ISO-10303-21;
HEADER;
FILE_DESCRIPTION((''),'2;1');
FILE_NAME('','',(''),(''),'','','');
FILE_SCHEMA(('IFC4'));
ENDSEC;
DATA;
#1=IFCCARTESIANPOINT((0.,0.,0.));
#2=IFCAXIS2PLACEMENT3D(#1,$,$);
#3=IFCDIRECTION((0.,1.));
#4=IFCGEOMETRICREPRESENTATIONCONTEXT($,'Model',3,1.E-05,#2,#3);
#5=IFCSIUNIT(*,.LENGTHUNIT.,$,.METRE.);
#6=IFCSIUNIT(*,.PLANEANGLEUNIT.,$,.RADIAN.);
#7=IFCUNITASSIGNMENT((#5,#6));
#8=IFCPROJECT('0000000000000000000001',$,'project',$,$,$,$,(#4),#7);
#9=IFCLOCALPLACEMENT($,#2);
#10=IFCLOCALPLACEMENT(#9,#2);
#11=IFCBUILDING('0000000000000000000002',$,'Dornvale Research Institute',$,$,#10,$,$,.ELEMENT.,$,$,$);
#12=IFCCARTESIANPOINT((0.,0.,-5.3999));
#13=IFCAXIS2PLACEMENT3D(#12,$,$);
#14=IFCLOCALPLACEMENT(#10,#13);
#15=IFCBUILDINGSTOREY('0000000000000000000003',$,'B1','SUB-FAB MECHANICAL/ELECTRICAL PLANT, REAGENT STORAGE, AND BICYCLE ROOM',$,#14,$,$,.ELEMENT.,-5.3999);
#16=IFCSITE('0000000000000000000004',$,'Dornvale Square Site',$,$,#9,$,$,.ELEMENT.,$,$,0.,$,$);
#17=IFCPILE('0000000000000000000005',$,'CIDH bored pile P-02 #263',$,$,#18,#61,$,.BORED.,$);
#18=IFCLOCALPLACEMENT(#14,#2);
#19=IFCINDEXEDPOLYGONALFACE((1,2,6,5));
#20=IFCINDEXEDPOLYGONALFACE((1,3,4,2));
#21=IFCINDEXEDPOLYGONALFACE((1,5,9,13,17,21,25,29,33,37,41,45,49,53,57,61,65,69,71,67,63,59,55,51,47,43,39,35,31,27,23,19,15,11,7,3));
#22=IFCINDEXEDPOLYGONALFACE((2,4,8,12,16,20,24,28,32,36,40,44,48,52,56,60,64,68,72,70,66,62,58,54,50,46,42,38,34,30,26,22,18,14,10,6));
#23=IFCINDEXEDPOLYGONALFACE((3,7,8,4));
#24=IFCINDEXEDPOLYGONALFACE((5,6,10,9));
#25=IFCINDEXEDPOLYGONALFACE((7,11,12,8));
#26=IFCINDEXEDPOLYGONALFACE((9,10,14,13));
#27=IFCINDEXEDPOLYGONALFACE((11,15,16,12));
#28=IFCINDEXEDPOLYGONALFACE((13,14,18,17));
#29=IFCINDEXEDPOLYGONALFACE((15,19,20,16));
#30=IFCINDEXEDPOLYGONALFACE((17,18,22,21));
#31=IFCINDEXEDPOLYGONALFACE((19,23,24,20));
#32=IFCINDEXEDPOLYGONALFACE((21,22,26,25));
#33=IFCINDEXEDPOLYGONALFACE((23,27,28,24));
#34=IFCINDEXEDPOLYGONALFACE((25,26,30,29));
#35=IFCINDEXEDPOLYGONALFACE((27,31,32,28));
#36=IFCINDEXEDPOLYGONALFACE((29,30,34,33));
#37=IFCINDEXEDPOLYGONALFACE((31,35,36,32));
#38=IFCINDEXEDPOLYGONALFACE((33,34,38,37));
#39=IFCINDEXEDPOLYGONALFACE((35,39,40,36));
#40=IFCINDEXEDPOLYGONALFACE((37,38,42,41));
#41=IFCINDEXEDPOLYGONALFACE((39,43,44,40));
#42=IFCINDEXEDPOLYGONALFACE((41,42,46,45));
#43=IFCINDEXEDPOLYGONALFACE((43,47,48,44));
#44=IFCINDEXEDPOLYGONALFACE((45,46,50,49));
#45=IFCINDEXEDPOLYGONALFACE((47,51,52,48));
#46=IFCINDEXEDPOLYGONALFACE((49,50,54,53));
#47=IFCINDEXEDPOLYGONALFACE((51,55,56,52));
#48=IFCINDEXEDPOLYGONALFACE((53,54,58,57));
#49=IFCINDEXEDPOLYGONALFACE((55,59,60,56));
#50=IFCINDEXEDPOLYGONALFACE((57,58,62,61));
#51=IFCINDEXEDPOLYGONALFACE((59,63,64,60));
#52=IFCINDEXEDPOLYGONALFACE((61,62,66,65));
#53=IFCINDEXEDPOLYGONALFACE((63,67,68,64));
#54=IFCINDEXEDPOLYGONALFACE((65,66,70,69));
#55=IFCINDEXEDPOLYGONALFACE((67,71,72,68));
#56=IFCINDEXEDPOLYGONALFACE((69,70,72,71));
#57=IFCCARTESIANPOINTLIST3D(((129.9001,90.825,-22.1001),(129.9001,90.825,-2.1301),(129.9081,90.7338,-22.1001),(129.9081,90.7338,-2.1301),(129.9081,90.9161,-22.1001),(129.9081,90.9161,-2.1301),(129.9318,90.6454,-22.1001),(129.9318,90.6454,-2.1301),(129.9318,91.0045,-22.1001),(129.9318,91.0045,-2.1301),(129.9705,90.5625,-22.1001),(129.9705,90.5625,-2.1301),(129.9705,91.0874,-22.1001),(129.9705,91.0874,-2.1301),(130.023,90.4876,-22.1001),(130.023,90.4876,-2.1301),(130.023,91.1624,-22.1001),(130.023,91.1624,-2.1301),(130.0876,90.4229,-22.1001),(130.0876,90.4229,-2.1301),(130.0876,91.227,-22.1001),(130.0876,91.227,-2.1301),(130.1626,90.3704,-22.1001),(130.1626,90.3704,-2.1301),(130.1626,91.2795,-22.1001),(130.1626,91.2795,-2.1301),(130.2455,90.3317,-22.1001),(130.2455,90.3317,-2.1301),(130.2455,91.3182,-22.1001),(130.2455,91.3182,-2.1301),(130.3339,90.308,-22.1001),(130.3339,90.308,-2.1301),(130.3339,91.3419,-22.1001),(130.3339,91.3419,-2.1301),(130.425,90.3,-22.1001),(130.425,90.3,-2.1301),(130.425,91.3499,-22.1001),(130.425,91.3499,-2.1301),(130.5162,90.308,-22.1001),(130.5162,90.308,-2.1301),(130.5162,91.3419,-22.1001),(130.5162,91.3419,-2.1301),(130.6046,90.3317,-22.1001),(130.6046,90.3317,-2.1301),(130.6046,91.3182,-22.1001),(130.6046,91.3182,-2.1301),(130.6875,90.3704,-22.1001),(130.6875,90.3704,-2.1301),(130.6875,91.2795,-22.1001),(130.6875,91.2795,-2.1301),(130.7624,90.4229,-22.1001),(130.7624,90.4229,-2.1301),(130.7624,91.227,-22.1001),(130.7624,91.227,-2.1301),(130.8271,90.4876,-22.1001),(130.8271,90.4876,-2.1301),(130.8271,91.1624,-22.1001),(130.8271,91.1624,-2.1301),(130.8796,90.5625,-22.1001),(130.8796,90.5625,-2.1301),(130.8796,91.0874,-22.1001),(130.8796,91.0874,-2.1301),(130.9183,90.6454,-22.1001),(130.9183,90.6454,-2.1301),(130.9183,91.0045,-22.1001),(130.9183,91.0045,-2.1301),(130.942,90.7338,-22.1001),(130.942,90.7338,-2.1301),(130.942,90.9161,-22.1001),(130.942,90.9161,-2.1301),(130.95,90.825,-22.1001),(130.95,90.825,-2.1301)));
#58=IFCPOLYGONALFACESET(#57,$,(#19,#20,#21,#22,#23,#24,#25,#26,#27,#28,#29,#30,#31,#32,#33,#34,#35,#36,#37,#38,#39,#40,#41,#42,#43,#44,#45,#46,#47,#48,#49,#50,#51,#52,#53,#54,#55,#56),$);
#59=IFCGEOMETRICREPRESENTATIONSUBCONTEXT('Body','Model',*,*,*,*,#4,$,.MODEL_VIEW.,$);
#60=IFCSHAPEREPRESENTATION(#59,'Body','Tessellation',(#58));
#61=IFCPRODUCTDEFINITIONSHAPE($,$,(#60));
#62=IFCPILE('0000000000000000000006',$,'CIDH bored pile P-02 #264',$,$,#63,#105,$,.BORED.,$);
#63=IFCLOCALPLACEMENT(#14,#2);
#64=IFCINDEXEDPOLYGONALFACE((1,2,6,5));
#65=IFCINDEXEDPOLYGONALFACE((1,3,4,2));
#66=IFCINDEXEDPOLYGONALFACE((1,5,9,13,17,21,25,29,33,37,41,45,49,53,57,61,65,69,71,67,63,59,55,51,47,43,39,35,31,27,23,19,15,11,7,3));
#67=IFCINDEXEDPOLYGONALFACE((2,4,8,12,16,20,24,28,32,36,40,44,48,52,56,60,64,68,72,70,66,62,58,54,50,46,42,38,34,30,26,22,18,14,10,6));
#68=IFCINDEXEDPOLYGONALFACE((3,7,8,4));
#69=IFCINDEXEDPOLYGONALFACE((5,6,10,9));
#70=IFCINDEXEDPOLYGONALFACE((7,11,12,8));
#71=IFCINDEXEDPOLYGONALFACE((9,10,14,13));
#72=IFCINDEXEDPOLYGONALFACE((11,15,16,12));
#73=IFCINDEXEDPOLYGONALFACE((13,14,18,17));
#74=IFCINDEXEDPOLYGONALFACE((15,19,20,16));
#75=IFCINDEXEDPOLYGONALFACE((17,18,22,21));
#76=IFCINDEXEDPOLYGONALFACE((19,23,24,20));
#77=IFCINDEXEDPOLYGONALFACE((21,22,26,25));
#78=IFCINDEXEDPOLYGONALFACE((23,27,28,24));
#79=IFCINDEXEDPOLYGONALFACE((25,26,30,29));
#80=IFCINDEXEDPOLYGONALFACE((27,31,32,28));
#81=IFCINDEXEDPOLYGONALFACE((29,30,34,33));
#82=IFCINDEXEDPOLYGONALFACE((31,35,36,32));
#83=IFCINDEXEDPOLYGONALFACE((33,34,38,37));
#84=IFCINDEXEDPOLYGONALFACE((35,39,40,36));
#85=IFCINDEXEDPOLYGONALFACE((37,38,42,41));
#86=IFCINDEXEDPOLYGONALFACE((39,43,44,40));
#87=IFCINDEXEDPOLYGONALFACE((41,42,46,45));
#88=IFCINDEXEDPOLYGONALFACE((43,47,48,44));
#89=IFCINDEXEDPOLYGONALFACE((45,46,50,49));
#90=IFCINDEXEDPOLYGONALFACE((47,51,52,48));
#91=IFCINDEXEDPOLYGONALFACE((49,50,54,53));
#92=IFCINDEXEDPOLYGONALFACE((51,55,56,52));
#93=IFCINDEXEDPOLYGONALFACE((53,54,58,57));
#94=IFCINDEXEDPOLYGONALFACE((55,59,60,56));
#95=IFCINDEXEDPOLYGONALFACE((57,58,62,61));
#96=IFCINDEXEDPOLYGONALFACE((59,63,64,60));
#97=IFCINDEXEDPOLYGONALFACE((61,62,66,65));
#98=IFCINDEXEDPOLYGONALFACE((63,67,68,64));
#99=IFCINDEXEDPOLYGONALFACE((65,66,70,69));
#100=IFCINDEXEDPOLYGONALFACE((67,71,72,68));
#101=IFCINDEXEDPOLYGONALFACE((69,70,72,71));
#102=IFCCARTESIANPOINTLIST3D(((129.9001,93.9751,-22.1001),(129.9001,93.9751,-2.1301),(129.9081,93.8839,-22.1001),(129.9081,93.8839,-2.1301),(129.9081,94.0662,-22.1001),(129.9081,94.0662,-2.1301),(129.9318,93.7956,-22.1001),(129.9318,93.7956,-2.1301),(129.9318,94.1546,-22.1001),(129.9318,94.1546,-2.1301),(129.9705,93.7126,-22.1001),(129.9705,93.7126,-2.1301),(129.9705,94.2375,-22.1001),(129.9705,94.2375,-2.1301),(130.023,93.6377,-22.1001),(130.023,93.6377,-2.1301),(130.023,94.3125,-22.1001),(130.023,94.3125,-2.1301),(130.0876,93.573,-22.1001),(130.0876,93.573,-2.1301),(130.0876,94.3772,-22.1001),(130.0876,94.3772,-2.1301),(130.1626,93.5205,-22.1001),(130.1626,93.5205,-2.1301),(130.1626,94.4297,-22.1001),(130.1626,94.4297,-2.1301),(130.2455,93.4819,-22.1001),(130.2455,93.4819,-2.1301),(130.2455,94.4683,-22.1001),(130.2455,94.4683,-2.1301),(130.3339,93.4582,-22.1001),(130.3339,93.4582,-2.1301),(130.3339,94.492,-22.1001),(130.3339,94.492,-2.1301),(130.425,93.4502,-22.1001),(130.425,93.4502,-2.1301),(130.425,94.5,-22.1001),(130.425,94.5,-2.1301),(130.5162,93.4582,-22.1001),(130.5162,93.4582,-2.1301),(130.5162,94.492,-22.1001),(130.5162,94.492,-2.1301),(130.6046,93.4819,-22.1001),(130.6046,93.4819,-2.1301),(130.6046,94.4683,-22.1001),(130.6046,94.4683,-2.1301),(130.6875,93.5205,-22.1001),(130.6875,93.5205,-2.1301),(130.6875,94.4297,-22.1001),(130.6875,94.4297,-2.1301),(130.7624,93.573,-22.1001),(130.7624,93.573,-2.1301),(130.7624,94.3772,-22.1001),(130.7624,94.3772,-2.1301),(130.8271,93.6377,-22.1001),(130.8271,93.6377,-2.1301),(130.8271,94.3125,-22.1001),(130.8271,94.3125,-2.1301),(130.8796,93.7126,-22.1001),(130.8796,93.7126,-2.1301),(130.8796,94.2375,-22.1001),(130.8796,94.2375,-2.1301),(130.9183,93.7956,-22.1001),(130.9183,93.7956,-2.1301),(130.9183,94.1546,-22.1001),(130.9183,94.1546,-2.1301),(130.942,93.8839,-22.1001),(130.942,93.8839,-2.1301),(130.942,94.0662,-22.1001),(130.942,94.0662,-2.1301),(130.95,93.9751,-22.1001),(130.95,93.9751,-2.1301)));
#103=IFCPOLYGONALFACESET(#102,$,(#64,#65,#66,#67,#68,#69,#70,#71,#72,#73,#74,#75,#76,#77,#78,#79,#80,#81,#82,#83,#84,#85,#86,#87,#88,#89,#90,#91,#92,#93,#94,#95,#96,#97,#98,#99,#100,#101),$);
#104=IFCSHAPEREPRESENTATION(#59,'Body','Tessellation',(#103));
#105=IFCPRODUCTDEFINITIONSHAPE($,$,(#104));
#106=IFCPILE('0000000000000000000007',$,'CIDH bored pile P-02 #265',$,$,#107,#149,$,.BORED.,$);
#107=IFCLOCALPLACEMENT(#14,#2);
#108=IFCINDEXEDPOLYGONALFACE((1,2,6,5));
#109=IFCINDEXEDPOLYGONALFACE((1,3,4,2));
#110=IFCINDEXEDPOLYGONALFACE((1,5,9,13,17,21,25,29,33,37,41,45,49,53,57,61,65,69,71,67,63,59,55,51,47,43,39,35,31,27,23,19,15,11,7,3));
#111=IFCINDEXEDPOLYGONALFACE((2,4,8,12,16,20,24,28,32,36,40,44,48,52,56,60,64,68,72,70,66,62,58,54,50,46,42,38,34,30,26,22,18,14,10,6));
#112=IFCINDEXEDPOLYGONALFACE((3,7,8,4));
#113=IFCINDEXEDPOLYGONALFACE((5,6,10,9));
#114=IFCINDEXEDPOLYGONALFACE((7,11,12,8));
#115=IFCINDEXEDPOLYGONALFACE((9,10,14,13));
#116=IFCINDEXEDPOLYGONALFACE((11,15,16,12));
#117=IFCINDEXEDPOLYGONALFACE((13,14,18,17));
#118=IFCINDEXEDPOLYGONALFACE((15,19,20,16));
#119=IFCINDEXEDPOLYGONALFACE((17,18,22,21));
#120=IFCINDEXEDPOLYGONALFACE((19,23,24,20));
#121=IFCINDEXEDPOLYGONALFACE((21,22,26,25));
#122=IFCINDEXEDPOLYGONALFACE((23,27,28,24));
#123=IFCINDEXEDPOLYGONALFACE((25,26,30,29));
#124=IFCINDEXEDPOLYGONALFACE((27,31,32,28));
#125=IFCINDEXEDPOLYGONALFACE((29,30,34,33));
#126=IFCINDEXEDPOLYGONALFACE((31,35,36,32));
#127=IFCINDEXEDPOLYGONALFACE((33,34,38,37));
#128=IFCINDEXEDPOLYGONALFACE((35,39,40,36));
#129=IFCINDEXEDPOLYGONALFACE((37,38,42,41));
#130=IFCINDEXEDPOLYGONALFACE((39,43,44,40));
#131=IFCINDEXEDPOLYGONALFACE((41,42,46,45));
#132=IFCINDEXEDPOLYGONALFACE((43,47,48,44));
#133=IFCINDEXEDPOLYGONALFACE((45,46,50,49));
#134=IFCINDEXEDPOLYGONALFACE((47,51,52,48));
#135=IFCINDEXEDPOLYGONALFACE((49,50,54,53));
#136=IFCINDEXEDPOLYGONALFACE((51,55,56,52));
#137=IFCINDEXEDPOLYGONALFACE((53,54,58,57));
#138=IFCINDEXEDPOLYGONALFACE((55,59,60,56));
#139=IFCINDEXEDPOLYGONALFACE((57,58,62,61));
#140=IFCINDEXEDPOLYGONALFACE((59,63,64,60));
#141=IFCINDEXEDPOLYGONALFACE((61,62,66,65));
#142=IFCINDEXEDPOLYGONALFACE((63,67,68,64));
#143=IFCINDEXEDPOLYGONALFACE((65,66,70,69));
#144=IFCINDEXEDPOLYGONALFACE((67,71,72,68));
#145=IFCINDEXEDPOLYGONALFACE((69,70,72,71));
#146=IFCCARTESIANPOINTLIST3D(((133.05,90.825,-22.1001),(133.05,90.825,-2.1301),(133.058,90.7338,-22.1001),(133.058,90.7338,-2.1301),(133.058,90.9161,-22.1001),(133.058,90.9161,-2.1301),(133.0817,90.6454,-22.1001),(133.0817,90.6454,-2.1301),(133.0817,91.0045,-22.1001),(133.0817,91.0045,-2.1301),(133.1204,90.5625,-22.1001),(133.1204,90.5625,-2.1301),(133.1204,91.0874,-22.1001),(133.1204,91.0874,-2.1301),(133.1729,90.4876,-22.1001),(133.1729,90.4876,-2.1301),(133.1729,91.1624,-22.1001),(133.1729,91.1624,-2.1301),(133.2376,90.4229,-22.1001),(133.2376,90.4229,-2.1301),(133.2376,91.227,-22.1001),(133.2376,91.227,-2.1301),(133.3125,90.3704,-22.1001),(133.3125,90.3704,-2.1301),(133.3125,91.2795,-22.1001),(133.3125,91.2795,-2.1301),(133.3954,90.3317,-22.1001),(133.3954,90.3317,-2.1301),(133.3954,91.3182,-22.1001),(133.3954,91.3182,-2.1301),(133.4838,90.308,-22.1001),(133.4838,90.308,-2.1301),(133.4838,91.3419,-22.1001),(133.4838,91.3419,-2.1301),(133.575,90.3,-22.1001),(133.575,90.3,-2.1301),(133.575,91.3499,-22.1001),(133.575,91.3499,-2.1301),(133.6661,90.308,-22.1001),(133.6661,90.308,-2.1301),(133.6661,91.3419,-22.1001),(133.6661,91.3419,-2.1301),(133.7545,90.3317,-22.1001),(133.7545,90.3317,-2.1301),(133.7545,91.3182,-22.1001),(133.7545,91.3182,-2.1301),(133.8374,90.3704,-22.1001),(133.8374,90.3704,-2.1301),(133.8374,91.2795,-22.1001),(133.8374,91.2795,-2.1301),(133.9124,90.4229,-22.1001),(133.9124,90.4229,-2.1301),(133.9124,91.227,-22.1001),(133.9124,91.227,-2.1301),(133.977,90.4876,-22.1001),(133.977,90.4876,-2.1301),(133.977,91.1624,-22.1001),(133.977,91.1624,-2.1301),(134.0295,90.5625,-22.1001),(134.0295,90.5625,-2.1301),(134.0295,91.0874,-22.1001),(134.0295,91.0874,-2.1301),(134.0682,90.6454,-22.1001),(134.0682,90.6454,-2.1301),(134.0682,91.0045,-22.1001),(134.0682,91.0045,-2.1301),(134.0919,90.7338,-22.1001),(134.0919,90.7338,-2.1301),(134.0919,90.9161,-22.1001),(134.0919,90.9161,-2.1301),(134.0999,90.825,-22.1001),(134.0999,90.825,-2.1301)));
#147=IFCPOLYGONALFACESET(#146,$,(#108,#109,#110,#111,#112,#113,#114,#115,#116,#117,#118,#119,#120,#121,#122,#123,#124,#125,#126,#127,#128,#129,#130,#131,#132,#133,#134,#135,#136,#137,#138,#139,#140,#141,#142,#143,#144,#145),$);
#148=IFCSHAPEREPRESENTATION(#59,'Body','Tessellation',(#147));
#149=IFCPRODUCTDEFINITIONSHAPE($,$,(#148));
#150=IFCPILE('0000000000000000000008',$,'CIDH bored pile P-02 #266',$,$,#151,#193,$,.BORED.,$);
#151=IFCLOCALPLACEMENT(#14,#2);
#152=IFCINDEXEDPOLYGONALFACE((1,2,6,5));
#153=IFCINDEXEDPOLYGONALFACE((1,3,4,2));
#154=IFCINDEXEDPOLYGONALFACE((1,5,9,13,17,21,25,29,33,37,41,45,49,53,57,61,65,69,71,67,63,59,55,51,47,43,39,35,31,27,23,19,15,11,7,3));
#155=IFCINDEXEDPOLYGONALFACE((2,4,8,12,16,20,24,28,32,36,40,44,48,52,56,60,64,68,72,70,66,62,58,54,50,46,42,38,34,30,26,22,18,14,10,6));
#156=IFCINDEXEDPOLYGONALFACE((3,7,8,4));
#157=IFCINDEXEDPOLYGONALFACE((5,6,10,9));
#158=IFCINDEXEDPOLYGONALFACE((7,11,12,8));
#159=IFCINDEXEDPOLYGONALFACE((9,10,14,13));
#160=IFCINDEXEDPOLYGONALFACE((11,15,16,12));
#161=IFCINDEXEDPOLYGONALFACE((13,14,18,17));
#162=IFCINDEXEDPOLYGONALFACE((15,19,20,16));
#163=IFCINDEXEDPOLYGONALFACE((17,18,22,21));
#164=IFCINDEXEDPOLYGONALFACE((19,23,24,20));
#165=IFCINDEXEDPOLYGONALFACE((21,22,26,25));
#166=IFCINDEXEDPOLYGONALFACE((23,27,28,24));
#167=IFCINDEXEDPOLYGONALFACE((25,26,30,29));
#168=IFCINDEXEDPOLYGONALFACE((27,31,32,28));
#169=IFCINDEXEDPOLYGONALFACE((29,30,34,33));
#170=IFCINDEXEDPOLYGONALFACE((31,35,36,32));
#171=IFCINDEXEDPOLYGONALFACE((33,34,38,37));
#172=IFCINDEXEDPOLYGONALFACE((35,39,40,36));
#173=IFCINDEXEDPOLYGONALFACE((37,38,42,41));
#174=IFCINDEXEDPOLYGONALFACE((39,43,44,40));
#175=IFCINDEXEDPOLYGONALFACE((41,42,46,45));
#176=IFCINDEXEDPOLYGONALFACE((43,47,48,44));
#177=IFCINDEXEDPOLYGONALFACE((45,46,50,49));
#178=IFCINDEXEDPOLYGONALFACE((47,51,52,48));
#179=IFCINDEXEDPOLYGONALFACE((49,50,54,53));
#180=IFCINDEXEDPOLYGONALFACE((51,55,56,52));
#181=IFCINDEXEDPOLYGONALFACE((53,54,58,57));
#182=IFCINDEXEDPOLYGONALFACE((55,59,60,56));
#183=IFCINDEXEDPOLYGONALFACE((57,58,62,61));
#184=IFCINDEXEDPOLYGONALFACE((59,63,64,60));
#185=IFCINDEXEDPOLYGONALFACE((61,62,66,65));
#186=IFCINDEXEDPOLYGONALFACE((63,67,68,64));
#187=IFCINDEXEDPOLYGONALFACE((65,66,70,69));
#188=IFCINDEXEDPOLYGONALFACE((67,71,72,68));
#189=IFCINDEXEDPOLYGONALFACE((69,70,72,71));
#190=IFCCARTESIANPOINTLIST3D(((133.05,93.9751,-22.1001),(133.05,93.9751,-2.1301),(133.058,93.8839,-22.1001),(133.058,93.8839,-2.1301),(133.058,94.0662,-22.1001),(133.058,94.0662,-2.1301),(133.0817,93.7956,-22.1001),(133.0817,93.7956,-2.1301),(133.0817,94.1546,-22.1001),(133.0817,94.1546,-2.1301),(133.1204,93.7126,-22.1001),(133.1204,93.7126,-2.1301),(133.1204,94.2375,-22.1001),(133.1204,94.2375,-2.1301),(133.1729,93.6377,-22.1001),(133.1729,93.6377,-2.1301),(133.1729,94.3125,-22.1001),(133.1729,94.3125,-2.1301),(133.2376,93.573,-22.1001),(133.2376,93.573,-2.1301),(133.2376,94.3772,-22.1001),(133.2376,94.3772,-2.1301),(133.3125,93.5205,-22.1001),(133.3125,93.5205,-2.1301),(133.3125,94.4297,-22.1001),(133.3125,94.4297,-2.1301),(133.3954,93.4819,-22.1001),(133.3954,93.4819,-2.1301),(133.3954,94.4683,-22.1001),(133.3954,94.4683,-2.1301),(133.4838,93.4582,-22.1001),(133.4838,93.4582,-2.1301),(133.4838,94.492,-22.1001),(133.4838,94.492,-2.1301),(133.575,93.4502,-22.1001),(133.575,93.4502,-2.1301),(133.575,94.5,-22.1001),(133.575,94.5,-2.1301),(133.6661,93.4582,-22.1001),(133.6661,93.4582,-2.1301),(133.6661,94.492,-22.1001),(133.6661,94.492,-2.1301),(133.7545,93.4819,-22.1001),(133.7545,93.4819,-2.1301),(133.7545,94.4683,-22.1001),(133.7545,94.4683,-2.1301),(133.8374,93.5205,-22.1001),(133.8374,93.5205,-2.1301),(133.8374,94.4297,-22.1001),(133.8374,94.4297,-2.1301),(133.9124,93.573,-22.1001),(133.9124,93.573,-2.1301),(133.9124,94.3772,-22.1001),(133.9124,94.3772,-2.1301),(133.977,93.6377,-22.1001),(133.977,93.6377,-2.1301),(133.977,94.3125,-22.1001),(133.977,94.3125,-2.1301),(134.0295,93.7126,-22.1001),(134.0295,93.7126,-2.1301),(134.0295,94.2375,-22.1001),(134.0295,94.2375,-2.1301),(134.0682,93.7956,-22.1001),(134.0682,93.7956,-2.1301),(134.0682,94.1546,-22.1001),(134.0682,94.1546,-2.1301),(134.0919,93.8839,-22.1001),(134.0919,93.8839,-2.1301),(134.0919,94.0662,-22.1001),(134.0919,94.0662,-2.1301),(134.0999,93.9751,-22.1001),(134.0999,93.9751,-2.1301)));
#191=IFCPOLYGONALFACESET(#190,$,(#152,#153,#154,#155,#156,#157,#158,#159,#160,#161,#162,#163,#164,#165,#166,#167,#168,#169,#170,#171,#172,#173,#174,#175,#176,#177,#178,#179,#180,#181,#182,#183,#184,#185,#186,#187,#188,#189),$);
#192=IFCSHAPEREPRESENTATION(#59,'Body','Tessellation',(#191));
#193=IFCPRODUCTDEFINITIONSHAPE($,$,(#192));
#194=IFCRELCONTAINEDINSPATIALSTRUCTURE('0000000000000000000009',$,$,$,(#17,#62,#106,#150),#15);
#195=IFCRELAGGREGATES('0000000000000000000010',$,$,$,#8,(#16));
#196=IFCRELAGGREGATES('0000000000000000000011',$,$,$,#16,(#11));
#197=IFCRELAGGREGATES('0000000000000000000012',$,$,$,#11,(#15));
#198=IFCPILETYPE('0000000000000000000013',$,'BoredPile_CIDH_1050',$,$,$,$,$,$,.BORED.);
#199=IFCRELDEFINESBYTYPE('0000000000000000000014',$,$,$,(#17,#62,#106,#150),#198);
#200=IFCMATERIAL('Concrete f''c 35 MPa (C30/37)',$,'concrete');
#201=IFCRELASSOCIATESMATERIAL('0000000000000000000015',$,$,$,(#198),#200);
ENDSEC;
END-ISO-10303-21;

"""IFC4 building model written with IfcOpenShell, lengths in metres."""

from ifc_helpers import new_model, si_unit, direction, frame, origin, origin_2d, place, context, subcontext, project, spatial, circle, extrude, material, material_profile, profile_set, type_object, element, save


model = new_model("IFC4")

# Units and contexts
model_context = context("Model", 3, precision=1e-05, world=origin(), true_north=direction((0.0, 1.0)))
body_context = subcontext(model_context, "Body", "Model", "MODEL_VIEW")
ifc_project = project(units=[si_unit("LENGTHUNIT", "METRE"), si_unit("PLANEANGLEUNIT", "RADIAN")], contexts=[model_context])

# Site, building, storey
site_placement = place(None, origin())
site = spatial("IfcSite", under=ifc_project, at=site_placement, Name="Dornvale Square Site", CompositionType="ELEMENT", RefElevation=0.0)
building_placement = place(site_placement, origin())
building = spatial("IfcBuilding", under=site, at=building_placement, Name="Dornvale Research Institute", CompositionType="ELEMENT")
storey_placement = place(building_placement, frame((0.0, 0.0, -5.3999)))
storey = spatial("IfcBuildingStorey", under=building, at=storey_placement, Name="B1", Description="SUB-FAB MECHANICAL/ELECTRICAL PLANT, REAGENT STORAGE, AND BICYCLE ROOM", CompositionType="ELEMENT", Elevation=-5.3999)

# Piles
ifc_material_1 = material(Name="Concrete f'c 35 MPa (C30/37)", Category="concrete")
ifc_material_profile_1 = material_profile(ifc_material_1, circle(Radius=0.5249, at=origin_2d()), Name="CIDH PILE D1050")
ifc_profile_set_1 = profile_set([ifc_material_profile_1], Name="Concrete f'c 35 MPa (C30/37)")
pile_type_1 = type_object("IfcPileType", Name="BoredPile_CIDH_1050", PredefinedType="BORED", material=ifc_profile_set_1)
for number, where, z_axis, x_axis, name in (
    (1, (130.425, 90.825, -2.1301), (0.0, 0.0, -1.0), (1.0, 0.0, 0.0), "CIDH bored pile P-02 #263"),
    (2, (130.425, 93.9751, -2.1301), (0.0, 0.0, -1.0), (1.0, 0.0, 0.0), "CIDH bored pile P-02 #264"),
    (3, (133.575, 90.825, -2.1301), (0.0, 0.0, -1.0), (1.0, 0.0, 0.0), "CIDH bored pile P-02 #265"),
    (4, (133.575, 93.9751, -2.1301), (0.0, 0.0, -1.0), (1.0, 0.0, 0.0), "CIDH bored pile P-02 #266"),
):
    element("IfcPile", number, at=place(storey_placement, frame(where, z_axis=z_axis, x_axis=x_axis)), inside=storey, type_object=pile_type_1, Name=name, PredefinedType="BORED", context=body_context, shape_type="SweptSolid", body=[
        extrude(circle(Radius=0.5249, at=origin_2d()), origin(), (0.0, 0.0, 1.0), 19.97),
    ])

save(model, "model.ifc")
